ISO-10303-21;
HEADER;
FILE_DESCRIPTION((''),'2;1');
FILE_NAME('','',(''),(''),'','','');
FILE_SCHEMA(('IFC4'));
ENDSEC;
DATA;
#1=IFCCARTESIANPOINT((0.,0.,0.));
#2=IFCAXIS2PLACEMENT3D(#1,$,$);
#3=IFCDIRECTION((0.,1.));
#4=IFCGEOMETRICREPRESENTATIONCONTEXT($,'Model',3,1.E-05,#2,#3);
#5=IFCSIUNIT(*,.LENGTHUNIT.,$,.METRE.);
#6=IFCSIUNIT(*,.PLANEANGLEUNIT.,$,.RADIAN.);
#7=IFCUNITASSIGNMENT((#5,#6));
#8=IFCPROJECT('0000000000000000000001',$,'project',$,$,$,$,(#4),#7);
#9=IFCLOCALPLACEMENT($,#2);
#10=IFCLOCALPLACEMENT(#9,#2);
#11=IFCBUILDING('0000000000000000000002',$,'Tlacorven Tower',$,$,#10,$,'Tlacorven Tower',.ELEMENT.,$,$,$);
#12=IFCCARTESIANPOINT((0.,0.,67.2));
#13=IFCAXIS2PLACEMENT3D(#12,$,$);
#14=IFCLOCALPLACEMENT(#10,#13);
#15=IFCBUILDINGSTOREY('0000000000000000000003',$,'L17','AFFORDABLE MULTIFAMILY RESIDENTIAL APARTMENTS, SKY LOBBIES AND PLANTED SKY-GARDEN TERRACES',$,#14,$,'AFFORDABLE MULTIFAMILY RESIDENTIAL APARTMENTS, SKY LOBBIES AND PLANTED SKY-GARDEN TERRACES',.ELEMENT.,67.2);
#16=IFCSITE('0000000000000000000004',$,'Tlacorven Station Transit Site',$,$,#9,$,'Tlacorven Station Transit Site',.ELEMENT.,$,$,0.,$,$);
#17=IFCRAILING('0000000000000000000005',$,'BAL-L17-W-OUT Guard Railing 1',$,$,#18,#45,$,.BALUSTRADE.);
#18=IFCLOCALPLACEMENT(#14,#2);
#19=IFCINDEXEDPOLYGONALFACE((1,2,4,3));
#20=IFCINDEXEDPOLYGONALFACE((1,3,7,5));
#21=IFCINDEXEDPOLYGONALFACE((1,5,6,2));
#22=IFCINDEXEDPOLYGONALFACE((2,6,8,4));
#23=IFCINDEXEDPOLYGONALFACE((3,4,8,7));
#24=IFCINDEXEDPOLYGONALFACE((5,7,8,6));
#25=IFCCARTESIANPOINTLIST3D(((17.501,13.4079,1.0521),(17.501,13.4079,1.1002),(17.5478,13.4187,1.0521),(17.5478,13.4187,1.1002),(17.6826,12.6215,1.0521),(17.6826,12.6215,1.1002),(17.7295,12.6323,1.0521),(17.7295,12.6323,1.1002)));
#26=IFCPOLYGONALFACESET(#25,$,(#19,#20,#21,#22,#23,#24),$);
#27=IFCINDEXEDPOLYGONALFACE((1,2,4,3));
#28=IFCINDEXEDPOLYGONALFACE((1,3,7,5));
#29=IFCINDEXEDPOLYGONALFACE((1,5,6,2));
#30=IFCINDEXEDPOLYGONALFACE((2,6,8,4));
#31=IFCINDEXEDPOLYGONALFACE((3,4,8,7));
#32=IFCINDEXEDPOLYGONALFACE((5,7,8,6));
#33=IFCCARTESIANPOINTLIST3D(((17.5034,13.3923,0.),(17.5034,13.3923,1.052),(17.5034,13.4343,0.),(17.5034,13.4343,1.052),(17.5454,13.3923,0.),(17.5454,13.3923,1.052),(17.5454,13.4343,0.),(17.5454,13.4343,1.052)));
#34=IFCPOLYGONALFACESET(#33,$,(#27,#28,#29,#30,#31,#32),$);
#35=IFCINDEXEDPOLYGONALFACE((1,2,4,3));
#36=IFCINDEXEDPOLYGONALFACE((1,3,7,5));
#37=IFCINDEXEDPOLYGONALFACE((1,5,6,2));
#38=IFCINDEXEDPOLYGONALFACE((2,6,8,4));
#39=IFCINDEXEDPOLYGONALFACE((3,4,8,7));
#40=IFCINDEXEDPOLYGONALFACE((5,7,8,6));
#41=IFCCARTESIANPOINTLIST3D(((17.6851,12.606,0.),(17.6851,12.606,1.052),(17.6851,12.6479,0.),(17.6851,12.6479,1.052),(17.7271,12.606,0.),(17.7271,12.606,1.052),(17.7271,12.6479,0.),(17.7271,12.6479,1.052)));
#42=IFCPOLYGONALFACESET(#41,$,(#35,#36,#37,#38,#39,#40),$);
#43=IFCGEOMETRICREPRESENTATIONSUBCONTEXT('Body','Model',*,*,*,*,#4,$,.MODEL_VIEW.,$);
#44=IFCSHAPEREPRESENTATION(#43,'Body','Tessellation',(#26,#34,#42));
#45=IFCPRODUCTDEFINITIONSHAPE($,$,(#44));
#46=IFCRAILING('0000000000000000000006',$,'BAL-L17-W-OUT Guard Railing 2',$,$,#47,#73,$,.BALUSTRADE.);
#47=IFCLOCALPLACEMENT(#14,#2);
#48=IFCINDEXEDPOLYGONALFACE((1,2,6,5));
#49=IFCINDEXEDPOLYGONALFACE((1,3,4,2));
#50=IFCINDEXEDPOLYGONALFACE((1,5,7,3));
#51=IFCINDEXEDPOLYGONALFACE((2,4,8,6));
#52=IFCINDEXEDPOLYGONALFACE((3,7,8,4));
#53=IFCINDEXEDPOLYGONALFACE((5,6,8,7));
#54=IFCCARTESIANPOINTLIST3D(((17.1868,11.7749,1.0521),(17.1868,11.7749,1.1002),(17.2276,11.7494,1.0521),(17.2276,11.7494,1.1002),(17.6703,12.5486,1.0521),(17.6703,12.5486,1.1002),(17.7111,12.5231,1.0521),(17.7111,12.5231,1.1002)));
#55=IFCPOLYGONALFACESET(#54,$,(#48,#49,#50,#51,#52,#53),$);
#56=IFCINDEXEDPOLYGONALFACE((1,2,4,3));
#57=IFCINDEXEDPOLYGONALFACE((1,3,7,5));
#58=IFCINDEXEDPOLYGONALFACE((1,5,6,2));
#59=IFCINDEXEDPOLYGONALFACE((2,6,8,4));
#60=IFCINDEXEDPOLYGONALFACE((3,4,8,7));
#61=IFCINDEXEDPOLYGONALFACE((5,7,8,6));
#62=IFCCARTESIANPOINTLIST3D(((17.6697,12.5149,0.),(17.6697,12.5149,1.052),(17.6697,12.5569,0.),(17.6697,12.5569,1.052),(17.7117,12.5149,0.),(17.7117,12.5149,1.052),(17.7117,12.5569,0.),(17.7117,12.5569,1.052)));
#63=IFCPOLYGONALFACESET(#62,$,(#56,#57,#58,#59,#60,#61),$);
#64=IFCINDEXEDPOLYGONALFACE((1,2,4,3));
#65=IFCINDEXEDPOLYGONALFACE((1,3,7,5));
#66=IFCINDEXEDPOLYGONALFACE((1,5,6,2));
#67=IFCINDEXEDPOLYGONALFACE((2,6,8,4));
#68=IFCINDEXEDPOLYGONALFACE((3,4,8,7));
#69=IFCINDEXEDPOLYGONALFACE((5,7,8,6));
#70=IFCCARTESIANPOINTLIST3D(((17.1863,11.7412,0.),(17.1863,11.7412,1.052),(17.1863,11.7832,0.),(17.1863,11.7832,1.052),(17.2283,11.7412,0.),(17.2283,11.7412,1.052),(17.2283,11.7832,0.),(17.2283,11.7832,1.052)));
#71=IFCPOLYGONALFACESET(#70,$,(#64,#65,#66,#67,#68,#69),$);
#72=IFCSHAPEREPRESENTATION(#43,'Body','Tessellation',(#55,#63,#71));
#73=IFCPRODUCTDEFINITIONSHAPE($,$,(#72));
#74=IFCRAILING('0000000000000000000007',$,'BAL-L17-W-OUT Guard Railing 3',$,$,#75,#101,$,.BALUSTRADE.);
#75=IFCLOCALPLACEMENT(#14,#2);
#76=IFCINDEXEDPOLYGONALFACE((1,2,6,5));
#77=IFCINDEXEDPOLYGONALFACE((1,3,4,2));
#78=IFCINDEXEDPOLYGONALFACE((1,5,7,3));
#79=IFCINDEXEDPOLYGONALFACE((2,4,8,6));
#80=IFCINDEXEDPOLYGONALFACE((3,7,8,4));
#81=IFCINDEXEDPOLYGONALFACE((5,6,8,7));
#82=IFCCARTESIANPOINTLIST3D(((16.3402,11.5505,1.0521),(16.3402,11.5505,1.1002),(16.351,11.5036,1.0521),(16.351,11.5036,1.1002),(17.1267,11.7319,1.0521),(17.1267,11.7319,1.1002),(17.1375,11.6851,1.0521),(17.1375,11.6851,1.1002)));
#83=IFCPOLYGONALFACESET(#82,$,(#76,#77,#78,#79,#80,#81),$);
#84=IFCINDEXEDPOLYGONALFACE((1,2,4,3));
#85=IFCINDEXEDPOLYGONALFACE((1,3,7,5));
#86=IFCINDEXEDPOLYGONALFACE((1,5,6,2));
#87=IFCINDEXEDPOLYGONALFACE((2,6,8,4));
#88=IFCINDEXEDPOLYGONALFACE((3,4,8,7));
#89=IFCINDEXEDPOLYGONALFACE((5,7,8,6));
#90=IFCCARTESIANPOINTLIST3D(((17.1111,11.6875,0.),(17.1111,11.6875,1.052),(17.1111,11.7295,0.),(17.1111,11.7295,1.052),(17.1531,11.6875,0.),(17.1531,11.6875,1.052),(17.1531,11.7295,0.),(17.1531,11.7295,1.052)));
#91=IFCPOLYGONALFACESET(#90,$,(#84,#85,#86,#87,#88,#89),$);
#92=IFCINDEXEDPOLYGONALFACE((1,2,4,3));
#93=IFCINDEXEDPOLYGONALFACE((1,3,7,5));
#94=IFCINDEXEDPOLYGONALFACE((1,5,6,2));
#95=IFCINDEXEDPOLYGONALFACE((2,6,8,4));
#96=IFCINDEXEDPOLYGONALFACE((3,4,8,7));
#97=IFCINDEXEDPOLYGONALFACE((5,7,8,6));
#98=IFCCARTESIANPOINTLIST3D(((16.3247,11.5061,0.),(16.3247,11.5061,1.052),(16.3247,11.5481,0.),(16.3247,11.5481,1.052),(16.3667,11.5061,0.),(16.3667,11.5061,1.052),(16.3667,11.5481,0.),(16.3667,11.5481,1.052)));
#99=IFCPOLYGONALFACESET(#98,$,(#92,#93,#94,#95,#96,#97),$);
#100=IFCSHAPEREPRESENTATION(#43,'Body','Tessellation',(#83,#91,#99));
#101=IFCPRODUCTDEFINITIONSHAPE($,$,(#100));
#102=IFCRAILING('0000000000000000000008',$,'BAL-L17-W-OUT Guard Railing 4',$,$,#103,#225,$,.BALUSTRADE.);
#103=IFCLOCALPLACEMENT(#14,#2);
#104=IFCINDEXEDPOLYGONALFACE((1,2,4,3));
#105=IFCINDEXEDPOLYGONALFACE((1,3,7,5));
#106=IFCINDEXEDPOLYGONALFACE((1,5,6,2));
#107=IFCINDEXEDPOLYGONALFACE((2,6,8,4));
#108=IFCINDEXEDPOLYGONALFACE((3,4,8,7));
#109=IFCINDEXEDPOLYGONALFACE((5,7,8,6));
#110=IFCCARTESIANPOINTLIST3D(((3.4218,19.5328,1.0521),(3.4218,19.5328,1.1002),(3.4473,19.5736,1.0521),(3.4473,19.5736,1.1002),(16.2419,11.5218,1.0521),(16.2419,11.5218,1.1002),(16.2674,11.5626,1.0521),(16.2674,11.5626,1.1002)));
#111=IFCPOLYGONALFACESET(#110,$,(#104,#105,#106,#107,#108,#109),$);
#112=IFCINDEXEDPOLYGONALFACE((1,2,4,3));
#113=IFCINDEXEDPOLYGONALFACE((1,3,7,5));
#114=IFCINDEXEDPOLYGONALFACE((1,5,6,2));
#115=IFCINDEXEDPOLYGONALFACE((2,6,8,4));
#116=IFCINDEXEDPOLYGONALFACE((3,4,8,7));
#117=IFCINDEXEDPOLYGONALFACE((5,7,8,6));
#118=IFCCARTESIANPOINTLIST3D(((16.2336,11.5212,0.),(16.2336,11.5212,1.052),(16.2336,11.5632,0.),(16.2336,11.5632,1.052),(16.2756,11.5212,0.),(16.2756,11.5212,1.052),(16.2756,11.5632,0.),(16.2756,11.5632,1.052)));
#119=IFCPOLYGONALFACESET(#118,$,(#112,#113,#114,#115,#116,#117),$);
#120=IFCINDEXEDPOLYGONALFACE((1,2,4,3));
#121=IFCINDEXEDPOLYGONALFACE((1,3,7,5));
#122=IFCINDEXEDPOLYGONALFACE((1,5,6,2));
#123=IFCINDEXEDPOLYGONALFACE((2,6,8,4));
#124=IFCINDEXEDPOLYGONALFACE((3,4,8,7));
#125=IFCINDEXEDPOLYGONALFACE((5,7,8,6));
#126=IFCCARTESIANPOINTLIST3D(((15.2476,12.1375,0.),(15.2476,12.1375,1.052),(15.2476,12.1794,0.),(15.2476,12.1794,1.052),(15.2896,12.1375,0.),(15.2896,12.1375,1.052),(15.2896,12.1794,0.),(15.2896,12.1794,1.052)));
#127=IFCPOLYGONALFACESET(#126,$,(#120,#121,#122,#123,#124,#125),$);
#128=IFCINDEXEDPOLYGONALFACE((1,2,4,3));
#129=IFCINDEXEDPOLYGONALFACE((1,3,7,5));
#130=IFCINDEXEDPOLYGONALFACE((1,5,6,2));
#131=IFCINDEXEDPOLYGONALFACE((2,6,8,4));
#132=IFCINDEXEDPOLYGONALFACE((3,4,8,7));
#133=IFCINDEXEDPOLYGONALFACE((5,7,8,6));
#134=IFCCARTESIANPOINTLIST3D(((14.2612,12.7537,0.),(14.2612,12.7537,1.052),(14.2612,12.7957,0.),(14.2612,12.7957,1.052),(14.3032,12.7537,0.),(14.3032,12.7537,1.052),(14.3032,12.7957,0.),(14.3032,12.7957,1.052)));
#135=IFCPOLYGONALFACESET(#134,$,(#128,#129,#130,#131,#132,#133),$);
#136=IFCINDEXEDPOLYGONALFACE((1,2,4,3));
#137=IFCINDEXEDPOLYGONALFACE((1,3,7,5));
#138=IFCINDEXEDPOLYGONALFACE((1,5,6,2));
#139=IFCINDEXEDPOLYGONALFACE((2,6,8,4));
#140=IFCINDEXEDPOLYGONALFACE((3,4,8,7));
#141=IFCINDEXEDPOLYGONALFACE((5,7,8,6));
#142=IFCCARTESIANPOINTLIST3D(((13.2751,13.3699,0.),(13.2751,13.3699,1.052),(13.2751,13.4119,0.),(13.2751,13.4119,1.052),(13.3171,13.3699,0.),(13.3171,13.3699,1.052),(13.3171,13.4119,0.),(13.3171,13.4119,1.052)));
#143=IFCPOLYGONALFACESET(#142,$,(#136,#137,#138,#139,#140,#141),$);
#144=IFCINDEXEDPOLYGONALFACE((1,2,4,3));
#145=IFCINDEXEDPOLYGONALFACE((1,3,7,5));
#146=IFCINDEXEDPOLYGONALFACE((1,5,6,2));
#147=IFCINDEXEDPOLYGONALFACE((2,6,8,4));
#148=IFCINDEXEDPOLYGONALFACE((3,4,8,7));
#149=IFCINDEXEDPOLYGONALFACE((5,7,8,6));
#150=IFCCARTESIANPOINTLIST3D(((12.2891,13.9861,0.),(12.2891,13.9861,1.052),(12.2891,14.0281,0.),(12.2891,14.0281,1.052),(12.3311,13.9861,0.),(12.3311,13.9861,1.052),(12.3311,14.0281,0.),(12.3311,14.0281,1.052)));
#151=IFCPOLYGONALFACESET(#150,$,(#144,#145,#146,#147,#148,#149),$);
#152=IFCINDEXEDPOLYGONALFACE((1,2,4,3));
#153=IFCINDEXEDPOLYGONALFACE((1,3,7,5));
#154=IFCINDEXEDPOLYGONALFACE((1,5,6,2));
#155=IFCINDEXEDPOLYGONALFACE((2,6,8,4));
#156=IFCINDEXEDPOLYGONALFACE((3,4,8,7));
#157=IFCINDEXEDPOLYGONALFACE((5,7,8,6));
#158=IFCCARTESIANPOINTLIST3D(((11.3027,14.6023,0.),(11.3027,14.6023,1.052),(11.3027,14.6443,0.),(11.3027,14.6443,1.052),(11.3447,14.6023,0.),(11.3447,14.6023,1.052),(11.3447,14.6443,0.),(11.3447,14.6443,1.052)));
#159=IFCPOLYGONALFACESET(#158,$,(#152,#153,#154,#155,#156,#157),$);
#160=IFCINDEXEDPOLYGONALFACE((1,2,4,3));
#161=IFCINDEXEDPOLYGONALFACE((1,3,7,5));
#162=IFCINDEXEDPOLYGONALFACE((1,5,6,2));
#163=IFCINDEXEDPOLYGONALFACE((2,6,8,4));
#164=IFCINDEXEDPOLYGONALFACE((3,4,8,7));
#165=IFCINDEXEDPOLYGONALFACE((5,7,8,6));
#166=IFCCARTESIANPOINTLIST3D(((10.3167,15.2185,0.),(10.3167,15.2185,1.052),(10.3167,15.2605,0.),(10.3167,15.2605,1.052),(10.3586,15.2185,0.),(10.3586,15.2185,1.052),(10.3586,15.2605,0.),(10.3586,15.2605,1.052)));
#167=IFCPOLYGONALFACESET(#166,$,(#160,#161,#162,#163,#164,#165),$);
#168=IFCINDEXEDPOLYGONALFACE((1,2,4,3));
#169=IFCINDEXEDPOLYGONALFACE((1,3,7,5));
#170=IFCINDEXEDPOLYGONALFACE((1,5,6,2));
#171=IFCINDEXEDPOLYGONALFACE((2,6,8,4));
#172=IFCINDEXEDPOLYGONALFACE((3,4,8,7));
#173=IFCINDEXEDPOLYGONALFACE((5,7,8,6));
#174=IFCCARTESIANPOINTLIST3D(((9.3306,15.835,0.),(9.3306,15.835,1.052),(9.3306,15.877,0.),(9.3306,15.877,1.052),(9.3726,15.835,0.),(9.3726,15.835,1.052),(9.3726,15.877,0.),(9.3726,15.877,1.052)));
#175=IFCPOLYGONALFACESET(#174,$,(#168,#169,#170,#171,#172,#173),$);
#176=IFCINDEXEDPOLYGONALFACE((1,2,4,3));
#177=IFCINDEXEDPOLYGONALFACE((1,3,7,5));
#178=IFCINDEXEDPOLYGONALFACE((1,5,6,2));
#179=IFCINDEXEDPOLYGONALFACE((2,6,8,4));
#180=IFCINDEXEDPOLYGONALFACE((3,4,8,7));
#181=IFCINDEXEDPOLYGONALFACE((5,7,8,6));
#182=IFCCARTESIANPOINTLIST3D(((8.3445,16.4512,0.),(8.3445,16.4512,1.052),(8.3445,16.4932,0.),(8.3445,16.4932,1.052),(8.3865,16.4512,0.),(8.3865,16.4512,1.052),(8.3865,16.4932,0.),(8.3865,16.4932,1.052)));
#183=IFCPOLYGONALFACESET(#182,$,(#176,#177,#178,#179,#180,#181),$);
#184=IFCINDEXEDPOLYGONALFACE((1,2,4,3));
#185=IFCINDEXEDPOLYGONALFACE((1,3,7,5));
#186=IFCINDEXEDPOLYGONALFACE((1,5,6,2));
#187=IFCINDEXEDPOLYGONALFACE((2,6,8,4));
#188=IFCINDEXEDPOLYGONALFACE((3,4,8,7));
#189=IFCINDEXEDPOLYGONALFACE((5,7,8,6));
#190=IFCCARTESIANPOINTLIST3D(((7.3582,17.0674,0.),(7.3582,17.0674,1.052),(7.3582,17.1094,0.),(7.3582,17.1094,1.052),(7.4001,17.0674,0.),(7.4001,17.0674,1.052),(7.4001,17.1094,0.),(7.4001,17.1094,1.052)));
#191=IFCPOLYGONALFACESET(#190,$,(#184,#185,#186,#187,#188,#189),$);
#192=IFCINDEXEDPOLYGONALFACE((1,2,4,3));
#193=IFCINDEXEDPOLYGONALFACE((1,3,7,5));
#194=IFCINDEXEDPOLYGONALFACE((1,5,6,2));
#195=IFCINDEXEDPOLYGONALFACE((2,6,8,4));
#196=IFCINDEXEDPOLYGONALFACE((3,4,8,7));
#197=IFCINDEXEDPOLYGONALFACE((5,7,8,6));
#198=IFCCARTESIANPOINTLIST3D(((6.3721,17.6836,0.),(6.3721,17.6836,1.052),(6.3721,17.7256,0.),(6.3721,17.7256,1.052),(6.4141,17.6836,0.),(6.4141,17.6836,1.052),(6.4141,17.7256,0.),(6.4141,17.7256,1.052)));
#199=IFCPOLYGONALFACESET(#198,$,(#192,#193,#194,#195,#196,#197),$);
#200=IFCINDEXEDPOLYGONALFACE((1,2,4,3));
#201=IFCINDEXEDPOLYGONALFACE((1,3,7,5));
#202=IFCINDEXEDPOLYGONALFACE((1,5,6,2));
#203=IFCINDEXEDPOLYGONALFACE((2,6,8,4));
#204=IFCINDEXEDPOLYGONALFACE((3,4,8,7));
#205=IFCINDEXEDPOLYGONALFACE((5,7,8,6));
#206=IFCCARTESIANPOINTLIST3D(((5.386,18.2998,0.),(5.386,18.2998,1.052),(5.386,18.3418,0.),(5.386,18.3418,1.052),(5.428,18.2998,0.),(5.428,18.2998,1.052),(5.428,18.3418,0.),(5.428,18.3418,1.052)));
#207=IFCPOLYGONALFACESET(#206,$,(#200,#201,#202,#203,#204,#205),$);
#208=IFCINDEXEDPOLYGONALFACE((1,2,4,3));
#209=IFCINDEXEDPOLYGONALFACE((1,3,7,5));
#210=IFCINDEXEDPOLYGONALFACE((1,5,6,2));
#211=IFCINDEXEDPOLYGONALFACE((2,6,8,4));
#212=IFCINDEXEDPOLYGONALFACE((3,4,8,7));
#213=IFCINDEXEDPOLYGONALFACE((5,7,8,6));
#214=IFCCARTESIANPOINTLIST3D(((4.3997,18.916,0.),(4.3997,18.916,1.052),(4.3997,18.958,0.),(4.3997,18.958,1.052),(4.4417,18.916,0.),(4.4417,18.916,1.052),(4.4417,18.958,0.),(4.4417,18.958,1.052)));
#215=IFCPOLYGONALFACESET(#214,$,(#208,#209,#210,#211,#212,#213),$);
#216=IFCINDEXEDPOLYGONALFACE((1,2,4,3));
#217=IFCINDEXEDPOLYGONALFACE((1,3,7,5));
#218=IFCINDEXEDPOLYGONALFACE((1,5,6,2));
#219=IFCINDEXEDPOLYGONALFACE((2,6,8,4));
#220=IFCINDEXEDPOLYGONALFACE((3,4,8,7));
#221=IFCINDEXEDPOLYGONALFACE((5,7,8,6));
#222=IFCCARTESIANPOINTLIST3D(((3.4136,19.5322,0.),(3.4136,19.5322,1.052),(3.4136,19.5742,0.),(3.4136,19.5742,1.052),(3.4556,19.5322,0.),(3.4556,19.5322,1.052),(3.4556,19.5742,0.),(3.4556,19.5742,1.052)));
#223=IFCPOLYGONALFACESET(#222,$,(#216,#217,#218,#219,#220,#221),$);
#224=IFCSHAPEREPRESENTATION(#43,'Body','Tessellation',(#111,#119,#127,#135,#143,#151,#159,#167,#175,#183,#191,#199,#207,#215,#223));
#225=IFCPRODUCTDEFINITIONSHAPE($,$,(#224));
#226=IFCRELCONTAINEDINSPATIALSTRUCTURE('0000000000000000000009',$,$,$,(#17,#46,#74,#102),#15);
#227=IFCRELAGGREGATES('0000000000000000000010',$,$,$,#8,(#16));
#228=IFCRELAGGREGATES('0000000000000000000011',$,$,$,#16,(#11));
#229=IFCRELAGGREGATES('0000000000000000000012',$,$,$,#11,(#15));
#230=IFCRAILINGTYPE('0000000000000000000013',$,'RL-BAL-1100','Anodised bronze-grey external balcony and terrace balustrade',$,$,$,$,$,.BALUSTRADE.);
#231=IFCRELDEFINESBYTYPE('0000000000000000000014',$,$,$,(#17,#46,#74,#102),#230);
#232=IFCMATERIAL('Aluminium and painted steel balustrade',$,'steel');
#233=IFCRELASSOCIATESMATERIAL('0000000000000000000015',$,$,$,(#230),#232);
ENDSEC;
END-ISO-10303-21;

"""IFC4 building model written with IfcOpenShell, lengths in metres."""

from ifc_helpers import new_model, si_unit, direction, frame, origin, origin_2d, place, context, subcontext, project, spatial, rectangle, extrude, source, transform, mapped, material, type_object, element, save


model = new_model("IFC4")

# Units and contexts
model_context = context("Model", 3, precision=1e-05, world=origin(), true_north=direction((0.0, 1.0)))
body_context = subcontext(model_context, "Body", "Model", "MODEL_VIEW")
ifc_project = project(units=[si_unit("LENGTHUNIT", "METRE"), si_unit("PLANEANGLEUNIT", "RADIAN")], contexts=[model_context])

# Site, building, storey
site_placement = place(None, origin())
site = spatial("IfcSite", under=ifc_project, at=site_placement, Name="Tlacorven Station Transit Site", LongName="Tlacorven Station Transit Site", CompositionType="ELEMENT", RefElevation=0.0)
building_placement = place(site_placement, origin())
building = spatial("IfcBuilding", under=site, at=building_placement, Name="Tlacorven Tower", LongName="Tlacorven Tower", CompositionType="ELEMENT")
storey_placement = place(building_placement, frame((0.0, 0.0, 67.2)))
storey = spatial("IfcBuildingStorey", under=building, at=storey_placement, Name="L17", Description="AFFORDABLE MULTIFAMILY RESIDENTIAL APARTMENTS, SKY LOBBIES AND PLANTED SKY-GARDEN TERRACES", LongName="AFFORDABLE MULTIFAMILY RESIDENTIAL APARTMENTS, SKY LOBBIES AND PLANTED SKY-GARDEN TERRACES", CompositionType="ELEMENT", Elevation=67.2)

# Railings
ifc_material_1 = material(Name="Aluminium and painted steel balustrade", Category="steel")
railing_type = type_object("IfcRailingType", Name="RL-BAL-1100", Description="Anodised bronze-grey external balcony and terrace balustrade", PredefinedType="BALUSTRADE", material=ifc_material_1)
shared_shape_1 = source(origin(), body_context, "Body", "SweptSolid", [
    extrude(rectangle(XDim=0.0481, YDim=0.0481, at=origin_2d()), frame((0.0, 0.0, 1.0762), z_axis=(0.225058, -0.974345, 0.0), x_axis=(0.974345, 0.225058, 0.0)), (0.0, 0.0, 1.0), 0.8071),
    extrude(rectangle(XDim=0.042, YDim=0.042, at=origin_2d()), origin(), (0.0, 0.0, 1.0), 1.052),
    extrude(rectangle(XDim=0.042, YDim=0.042, at=origin_2d()), frame((0.1816, -0.7864, 0.0)), (0.0, 0.0, 1.0), 1.052),
])
railing_1_placement = place(storey_placement, frame((17.5244, 13.4133, 0.0)))
element("IfcRailing", 1, at=railing_1_placement, inside=storey, type_object=railing_type, Name="BAL-L17-W-OUT Guard Railing 1", PredefinedType="BALUSTRADE", context=body_context, shape_type="MappedRepresentation", body=[
    mapped(shared_shape_1, transform((0.0, 0.0, 0.0), scale=1.0)),
])
shared_shape_2 = source(origin(), body_context, "Body", "SweptSolid", [
    extrude(rectangle(XDim=0.0481, YDim=0.0481, at=origin_2d()), frame((0.0, 0.0, 1.0762), z_axis=(-0.529879, -0.848073, 0.0), x_axis=(0.848073, -0.529879, 0.0)), (0.0, 0.0, 1.0), 0.9124),
    extrude(rectangle(XDim=0.042, YDim=0.042, at=origin_2d()), origin(), (0.0, 0.0, 1.0), 1.052),
    extrude(rectangle(XDim=0.042, YDim=0.042, at=origin_2d()), frame((-0.4834, -0.7737, 0.0)), (0.0, 0.0, 1.0), 1.052),
])
railing_2_placement = place(storey_placement, frame((17.6907, 12.5359, 0.0)))
element("IfcRailing", 2, at=railing_2_placement, inside=storey, type_object=railing_type, Name="BAL-L17-W-OUT Guard Railing 2", PredefinedType="BALUSTRADE", context=body_context, shape_type="MappedRepresentation", body=[
    mapped(shared_shape_2, transform((0.0, 0.0, 0.0), scale=1.0)),
])
shared_shape_3 = source(origin(), body_context, "Body", "SweptSolid", [
    extrude(rectangle(XDim=0.0481, YDim=0.0481, at=origin_2d()), frame((0.0, 0.0, 1.0762), z_axis=(-0.974412, -0.224771, 0.0), x_axis=(0.224771, -0.974412, 0.0)), (0.0, 0.0, 1.0), 0.8071),
    extrude(rectangle(XDim=0.042, YDim=0.042, at=origin_2d()), origin(), (0.0, 0.0, 1.0), 1.052),
    extrude(rectangle(XDim=0.042, YDim=0.042, at=origin_2d()), frame((-0.7864, -0.1814, 0.0)), (0.0, 0.0, 1.0), 1.052),
])
railing_3_placement = place(storey_placement, frame((17.1321, 11.7085, 0.0)))
element("IfcRailing", 3, at=railing_3_placement, inside=storey, type_object=railing_type, Name="BAL-L17-W-OUT Guard Railing 3", PredefinedType="BALUSTRADE", context=body_context, shape_type="MappedRepresentation", body=[
    mapped(shared_shape_3, transform((0.0, 0.0, 0.0), scale=1.0)),
])
shared_shape_4 = source(origin(), body_context, "Body", "SweptSolid", [
    extrude(rectangle(XDim=0.0481, YDim=0.0481, at=origin_2d()), frame((0.0, 0.0, 1.0762), z_axis=(-0.848045, 0.529925, 0.0), x_axis=(-0.529925, -0.848045, 0.0)), (0.0, 0.0, 1.0), 15.1172),
    extrude(rectangle(XDim=0.042, YDim=0.042, at=origin_2d()), origin(), (0.0, 0.0, 1.0), 1.052),
    extrude(rectangle(XDim=0.042, YDim=0.042, at=origin_2d()), frame((-0.9861, 0.6162, 0.0)), (0.0, 0.0, 1.0), 1.052),
    extrude(rectangle(XDim=0.042, YDim=0.042, at=origin_2d()), frame((-1.9724, 1.2324, 0.0)), (0.0, 0.0, 1.0), 1.052),
    extrude(rectangle(XDim=0.042, YDim=0.042, at=origin_2d()), frame((-2.9585, 1.8486, 0.0)), (0.0, 0.0, 1.0), 1.052),
    extrude(rectangle(XDim=0.042, YDim=0.042, at=origin_2d()), frame((-3.9446, 2.4648, 0.0)), (0.0, 0.0, 1.0), 1.052),
    extrude(rectangle(XDim=0.042, YDim=0.042, at=origin_2d()), frame((-4.9309, 3.0811, 0.0)), (0.0, 0.0, 1.0), 1.052),
    extrude(rectangle(XDim=0.042, YDim=0.042, at=origin_2d()), frame((-5.917, 3.6973, 0.0)), (0.0, 0.0, 1.0), 1.052),
    extrude(rectangle(XDim=0.042, YDim=0.042, at=origin_2d()), frame((-6.9031, 4.3137, 0.0)), (0.0, 0.0, 1.0), 1.052),
    extrude(rectangle(XDim=0.042, YDim=0.042, at=origin_2d()), frame((-7.8892, 4.9299, 0.0)), (0.0, 0.0, 1.0), 1.052),
    extrude(rectangle(XDim=0.042, YDim=0.042, at=origin_2d()), frame((-8.8755, 5.5461, 0.0)), (0.0, 0.0, 1.0), 1.052),
    extrude(rectangle(XDim=0.042, YDim=0.042, at=origin_2d()), frame((-9.8616, 6.1624, 0.0)), (0.0, 0.0, 1.0), 1.052),
    extrude(rectangle(XDim=0.042, YDim=0.042, at=origin_2d()), frame((-10.8477, 6.7786, 0.0)), (0.0, 0.0, 1.0), 1.052),
    extrude(rectangle(XDim=0.042, YDim=0.042, at=origin_2d()), frame((-11.834, 7.3948, 0.0)), (0.0, 0.0, 1.0), 1.052),
    extrude(rectangle(XDim=0.042, YDim=0.042, at=origin_2d()), frame((-12.8201, 8.011, 0.0)), (0.0, 0.0, 1.0), 1.052),
])
railing_4_placement = place(storey_placement, frame((16.2546, 11.5422, 0.0)))
element("IfcRailing", 4, at=railing_4_placement, inside=storey, type_object=railing_type, Name="BAL-L17-W-OUT Guard Railing 4", PredefinedType="BALUSTRADE", context=body_context, shape_type="MappedRepresentation", body=[
    mapped(shared_shape_4, transform((0.0, 0.0, 0.0), scale=1.0)),
])

save(model, "model.ifc")
